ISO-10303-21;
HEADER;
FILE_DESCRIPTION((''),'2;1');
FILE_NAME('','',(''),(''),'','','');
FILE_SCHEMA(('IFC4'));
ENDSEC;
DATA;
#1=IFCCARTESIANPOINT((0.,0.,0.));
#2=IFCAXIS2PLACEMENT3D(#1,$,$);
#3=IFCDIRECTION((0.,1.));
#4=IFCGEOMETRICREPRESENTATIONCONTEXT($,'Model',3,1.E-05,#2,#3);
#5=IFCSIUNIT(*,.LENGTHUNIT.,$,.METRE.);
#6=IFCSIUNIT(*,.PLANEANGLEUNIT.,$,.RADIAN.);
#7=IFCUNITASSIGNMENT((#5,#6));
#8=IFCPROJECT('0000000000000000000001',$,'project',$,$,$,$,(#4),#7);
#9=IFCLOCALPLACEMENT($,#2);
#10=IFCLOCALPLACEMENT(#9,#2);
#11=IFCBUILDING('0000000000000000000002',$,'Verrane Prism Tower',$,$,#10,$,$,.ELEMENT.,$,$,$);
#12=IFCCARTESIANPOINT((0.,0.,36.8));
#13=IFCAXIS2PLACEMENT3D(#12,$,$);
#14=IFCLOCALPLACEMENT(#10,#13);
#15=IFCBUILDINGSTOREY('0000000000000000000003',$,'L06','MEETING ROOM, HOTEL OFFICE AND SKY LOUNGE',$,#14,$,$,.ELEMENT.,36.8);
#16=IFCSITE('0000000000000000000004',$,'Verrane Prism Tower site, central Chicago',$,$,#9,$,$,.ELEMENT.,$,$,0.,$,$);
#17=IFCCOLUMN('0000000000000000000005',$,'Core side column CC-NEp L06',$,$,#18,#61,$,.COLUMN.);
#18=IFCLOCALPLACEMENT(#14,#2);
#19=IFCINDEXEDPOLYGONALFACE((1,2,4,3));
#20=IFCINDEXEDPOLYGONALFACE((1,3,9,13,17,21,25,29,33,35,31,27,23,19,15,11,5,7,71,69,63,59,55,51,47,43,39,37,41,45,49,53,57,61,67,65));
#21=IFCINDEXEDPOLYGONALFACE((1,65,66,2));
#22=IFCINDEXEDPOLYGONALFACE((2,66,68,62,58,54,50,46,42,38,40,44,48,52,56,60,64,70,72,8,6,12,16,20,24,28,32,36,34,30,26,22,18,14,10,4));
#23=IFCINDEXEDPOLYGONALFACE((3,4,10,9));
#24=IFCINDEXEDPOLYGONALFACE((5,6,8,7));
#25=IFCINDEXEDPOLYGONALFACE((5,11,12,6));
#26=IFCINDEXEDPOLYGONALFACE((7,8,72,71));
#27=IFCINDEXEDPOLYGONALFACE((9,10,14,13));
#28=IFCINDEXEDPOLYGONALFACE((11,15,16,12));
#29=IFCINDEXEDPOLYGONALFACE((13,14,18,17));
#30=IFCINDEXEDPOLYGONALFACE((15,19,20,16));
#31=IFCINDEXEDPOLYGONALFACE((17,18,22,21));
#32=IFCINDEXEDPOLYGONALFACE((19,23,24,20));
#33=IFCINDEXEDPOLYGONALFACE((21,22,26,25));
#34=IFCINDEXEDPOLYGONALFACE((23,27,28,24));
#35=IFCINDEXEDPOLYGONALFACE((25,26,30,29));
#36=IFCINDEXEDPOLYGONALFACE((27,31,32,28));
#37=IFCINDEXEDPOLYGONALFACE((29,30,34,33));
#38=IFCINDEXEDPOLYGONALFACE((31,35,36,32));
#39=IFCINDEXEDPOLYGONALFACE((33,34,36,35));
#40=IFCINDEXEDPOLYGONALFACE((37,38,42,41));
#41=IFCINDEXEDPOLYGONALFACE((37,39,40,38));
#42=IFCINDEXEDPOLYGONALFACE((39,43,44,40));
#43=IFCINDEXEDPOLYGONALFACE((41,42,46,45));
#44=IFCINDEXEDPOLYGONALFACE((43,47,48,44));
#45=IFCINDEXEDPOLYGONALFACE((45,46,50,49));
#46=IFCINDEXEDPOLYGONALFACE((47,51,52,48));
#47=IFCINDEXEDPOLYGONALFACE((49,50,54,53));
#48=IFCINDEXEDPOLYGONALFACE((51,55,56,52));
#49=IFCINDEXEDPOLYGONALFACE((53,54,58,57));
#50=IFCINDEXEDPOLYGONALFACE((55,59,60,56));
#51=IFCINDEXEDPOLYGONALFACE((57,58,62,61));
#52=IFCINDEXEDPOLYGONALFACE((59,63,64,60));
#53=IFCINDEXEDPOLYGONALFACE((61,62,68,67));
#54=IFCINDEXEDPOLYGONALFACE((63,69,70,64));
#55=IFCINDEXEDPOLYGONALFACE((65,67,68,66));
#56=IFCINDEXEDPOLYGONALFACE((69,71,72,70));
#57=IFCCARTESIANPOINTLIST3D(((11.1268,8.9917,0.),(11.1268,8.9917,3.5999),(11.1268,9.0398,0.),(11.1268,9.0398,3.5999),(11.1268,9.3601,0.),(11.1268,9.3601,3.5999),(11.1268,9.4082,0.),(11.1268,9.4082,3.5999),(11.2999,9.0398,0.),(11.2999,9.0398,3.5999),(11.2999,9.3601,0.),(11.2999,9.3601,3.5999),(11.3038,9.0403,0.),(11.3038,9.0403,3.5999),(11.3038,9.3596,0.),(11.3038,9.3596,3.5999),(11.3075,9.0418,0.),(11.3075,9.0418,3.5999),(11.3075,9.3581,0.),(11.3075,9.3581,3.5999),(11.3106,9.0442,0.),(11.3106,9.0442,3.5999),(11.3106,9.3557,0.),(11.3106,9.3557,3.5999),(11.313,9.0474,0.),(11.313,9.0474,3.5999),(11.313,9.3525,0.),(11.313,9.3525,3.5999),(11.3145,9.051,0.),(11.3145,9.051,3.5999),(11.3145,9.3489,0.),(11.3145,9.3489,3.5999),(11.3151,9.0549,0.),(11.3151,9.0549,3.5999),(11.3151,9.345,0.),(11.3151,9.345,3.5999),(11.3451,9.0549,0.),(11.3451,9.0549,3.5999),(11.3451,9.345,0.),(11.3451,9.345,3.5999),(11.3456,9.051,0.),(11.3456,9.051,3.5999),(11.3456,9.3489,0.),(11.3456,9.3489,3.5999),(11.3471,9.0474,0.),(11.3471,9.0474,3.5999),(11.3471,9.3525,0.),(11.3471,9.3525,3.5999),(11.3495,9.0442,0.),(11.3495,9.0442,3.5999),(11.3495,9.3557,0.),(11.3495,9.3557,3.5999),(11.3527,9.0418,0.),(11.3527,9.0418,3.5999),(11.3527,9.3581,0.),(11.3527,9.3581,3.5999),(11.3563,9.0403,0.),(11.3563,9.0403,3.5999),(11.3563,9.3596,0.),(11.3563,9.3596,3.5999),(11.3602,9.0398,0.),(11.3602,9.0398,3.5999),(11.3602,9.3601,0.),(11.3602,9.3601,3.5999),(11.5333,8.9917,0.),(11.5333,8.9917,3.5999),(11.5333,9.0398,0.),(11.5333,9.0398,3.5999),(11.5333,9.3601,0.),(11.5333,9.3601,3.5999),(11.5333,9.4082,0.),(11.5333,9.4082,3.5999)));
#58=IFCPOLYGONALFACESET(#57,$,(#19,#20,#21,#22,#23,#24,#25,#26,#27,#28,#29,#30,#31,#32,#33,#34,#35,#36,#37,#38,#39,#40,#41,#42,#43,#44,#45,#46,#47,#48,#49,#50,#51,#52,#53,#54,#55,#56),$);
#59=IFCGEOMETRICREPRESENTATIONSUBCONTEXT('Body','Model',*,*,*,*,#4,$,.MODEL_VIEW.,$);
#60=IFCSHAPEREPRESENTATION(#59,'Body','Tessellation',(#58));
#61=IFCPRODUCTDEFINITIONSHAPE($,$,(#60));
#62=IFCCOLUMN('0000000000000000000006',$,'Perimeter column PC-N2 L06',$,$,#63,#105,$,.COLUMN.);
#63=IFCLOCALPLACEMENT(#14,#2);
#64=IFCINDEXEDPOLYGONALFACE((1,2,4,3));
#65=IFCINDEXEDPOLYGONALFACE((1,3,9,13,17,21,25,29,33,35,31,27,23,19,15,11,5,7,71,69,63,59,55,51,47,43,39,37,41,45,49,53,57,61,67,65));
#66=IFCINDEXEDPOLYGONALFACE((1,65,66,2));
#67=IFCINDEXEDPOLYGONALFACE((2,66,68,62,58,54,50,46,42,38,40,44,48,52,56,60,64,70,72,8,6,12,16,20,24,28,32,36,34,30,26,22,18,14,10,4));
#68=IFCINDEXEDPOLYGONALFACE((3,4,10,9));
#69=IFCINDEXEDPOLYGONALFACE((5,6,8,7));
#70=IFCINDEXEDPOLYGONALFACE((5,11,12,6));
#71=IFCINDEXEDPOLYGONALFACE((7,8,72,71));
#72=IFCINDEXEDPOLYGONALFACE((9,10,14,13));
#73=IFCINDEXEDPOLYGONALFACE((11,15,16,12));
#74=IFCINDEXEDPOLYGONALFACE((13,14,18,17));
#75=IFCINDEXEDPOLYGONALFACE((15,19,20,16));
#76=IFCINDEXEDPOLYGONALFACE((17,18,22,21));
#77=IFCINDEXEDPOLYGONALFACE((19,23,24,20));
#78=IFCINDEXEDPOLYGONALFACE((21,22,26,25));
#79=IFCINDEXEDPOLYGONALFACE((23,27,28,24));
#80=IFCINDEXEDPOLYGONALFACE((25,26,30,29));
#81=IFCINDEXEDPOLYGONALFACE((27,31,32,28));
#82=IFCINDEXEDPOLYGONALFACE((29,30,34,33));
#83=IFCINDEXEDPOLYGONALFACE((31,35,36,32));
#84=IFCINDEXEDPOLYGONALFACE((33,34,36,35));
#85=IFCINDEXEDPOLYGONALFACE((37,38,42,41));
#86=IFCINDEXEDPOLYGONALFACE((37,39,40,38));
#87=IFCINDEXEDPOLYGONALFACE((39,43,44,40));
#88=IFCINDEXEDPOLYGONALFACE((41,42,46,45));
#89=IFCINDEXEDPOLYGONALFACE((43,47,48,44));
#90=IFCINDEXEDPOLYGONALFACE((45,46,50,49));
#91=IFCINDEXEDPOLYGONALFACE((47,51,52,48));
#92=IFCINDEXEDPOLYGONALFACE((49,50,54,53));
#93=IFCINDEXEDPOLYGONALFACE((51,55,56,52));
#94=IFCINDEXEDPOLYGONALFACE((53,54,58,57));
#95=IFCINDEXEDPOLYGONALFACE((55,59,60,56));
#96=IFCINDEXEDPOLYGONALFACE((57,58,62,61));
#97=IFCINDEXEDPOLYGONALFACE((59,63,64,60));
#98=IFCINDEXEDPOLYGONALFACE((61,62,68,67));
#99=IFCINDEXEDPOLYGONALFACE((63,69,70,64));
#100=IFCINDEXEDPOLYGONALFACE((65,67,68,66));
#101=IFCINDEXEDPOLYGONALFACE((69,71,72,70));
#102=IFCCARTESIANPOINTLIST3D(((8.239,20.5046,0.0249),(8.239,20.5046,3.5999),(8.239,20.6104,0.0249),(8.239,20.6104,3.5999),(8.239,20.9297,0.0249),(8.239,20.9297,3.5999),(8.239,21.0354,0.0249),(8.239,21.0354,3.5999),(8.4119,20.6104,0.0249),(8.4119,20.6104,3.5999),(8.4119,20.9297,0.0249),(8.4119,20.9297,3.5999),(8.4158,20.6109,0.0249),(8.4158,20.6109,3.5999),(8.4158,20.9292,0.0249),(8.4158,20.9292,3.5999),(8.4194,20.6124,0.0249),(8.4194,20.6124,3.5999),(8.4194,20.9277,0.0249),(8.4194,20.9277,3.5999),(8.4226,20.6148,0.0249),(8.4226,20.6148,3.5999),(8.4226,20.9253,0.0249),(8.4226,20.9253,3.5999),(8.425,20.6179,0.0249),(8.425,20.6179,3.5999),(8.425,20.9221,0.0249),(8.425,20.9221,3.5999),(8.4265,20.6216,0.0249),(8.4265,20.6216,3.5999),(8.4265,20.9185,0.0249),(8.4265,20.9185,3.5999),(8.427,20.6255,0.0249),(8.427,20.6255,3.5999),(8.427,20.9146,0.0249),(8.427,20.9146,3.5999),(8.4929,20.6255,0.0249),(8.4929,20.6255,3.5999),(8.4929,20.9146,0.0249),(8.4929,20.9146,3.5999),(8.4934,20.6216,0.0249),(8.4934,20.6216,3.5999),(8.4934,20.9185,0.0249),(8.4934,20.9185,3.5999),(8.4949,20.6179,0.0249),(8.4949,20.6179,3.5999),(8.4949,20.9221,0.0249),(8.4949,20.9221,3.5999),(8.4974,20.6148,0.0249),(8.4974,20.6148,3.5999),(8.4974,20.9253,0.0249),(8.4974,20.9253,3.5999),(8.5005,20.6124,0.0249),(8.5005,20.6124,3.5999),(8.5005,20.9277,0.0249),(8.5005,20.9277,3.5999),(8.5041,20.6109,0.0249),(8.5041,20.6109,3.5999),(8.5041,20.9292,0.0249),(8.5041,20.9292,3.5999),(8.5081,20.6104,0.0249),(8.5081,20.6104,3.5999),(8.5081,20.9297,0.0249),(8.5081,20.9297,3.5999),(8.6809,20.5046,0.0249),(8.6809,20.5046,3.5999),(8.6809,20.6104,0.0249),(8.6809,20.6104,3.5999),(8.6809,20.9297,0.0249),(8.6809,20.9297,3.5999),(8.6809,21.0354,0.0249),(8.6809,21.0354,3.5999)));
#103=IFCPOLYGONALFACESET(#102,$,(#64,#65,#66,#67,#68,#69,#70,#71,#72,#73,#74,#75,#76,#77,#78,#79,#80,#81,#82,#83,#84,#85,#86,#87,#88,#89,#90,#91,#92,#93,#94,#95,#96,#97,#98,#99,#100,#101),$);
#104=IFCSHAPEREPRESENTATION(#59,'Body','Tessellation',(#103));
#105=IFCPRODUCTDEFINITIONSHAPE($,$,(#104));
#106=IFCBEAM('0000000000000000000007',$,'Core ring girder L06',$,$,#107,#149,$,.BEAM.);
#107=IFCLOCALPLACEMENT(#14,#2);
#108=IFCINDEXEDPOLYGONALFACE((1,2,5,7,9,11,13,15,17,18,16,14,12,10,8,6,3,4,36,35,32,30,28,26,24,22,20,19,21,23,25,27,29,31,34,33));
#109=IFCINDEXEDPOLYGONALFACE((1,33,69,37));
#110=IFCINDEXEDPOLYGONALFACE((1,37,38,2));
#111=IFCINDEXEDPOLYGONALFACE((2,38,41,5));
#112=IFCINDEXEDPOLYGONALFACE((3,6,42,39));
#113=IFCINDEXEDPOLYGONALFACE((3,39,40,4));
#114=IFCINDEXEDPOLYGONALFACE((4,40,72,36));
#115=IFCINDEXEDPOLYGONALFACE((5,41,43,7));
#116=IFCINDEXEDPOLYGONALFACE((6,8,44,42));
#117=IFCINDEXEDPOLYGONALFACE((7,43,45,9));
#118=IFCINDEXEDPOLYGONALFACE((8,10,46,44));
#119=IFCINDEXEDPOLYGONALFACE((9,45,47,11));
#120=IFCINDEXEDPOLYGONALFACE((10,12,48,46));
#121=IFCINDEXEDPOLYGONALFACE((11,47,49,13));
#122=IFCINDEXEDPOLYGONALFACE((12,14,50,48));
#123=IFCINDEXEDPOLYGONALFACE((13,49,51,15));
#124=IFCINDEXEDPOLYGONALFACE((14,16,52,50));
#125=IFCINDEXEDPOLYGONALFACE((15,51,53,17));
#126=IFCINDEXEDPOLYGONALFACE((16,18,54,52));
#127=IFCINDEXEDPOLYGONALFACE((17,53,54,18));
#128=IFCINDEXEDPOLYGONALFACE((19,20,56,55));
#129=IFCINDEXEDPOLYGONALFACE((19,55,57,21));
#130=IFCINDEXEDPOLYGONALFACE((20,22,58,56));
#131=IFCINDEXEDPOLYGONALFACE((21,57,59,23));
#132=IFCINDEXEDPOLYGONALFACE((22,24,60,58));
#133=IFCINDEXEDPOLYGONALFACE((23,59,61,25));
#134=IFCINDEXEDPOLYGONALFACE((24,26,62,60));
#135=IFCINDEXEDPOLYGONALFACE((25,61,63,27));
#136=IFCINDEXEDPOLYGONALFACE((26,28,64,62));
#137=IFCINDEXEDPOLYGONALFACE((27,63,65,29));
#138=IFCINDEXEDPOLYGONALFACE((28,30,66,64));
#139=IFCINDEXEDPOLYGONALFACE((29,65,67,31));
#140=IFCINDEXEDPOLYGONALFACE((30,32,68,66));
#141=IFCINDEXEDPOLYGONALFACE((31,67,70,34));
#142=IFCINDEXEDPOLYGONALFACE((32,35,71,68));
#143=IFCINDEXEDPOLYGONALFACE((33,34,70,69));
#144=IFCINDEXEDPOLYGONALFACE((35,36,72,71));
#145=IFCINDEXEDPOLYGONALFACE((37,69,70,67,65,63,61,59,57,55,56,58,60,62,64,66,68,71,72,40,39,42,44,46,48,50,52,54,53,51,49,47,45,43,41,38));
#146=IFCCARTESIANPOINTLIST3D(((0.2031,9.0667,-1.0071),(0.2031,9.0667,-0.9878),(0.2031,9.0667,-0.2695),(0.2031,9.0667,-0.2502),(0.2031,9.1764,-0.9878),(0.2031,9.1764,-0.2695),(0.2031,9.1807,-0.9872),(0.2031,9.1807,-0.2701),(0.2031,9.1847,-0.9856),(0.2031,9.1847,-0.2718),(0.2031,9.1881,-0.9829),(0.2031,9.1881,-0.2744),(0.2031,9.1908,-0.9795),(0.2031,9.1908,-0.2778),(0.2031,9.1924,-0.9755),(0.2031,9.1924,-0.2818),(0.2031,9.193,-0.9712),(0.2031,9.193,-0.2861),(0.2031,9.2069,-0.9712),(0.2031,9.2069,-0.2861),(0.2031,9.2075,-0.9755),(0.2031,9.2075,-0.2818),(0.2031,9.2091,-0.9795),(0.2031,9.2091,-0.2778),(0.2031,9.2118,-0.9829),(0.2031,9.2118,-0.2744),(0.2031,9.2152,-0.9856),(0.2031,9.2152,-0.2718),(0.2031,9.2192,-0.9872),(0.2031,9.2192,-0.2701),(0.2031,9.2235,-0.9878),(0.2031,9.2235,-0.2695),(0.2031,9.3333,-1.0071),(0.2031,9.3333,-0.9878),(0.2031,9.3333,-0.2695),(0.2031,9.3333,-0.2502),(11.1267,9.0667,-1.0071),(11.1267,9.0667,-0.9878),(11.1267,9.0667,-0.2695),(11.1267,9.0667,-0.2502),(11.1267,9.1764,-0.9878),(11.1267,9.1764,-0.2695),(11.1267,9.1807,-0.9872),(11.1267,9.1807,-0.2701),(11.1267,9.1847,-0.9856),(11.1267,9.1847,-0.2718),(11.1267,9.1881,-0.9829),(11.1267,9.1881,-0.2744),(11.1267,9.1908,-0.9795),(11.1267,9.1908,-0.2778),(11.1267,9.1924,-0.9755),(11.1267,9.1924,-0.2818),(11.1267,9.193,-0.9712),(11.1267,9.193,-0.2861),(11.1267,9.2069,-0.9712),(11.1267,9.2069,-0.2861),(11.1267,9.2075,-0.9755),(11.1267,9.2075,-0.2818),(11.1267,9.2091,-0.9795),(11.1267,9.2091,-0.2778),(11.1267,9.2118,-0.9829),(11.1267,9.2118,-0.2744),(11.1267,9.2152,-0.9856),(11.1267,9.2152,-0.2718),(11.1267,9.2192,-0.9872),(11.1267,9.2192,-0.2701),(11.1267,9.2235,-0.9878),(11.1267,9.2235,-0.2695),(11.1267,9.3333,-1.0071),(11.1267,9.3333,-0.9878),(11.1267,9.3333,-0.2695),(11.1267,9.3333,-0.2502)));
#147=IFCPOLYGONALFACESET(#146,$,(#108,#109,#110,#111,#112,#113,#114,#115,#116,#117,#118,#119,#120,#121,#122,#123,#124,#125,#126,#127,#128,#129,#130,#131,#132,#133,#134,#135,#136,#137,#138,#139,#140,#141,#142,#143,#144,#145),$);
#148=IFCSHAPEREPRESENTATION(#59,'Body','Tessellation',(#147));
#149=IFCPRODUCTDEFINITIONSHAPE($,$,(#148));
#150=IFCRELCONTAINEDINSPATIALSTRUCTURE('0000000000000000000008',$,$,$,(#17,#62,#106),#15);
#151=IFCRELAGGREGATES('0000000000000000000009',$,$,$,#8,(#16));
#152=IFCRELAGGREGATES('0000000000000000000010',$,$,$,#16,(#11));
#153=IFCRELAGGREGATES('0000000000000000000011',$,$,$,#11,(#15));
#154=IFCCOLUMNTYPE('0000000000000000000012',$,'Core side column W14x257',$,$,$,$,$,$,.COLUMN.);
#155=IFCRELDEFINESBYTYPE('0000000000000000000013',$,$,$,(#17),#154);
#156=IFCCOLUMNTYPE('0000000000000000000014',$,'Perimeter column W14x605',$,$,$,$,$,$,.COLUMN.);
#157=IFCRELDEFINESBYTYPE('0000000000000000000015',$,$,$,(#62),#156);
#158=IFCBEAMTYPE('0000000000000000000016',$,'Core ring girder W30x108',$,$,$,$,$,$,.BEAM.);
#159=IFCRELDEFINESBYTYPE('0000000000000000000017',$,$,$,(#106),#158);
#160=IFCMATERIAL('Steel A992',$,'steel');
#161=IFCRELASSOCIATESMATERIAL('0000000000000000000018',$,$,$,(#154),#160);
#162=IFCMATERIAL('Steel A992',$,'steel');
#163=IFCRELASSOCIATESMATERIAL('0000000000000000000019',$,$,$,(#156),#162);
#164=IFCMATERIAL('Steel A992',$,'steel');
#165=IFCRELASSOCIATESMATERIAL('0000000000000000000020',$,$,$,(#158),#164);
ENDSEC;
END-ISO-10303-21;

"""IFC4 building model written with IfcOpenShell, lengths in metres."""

from ifc_helpers import new_model, si_unit, direction, frame, origin, origin_2d, place, context, subcontext, project, spatial, i_section, extrude, material, material_profile, profile_set, type_object, element, save


model = new_model("IFC4")

# Units and contexts
model_context = context("Model", 3, precision=1e-05, world=origin(), true_north=direction((0.0, 1.0)))
body_context = subcontext(model_context, "Body", "Model", "MODEL_VIEW")
ifc_project = project(units=[si_unit("LENGTHUNIT", "METRE"), si_unit("PLANEANGLEUNIT", "RADIAN")], contexts=[model_context])

# Site, building, storey
site_placement = place(None, origin())
site = spatial("IfcSite", under=ifc_project, at=site_placement, Name="Verrane Prism Tower site, central Chicago", CompositionType="ELEMENT", RefElevation=0.0)
building_placement = place(site_placement, origin())
building = spatial("IfcBuilding", under=site, at=building_placement, Name="Verrane Prism Tower", CompositionType="ELEMENT")
storey_placement = place(building_placement, frame((0.0, 0.0, 36.8)))
storey = spatial("IfcBuildingStorey", under=building, at=storey_placement, Name="L06", Description="MEETING ROOM, HOTEL OFFICE AND SKY LOUNGE", CompositionType="ELEMENT", Elevation=36.8)

# Columns
ifc_material_1 = material(Name="Steel A992", Category="steel")
ifc_material_profile_1 = material_profile(ifc_material_1, i_section(OverallWidth=0.4065, OverallDepth=0.4165, WebThickness=0.03, FlangeThickness=0.0481, FilletRadius=0.0151, at=origin_2d()), Name="W14x257")
ifc_profile_set_1 = profile_set([ifc_material_profile_1], Name="Steel A992")
column_type_1 = type_object("IfcColumnType", Name="Core side column W14x257", PredefinedType="COLUMN", material=ifc_profile_set_1)
column_1_placement = place(storey_placement, frame((11.3301, 9.2, 0.0), z_axis=(0.0, 0.0, 1.0), x_axis=(1.0, 0.0, 0.0)))
element("IfcColumn", 1, at=column_1_placement, inside=storey, type_object=column_type_1, Name="Core side column CC-NEp L06", PredefinedType="COLUMN", context=body_context, shape_type="SweptSolid", body=[
    extrude(i_section(OverallWidth=0.4065, OverallDepth=0.4165, WebThickness=0.03, FlangeThickness=0.0481, FilletRadius=0.0151, at=origin_2d()), origin(), (0.0, 0.0, 1.0), 3.5999),
])
ifc_material_2 = material(Name="Steel A992", Category="steel")
ifc_material_profile_2 = material_profile(ifc_material_2, i_section(OverallWidth=0.4419, OverallDepth=0.5308, WebThickness=0.0659, FlangeThickness=0.1057, FilletRadius=0.0151, at=origin_2d()), Name="W14x605")
ifc_profile_set_2 = profile_set([ifc_material_profile_2], Name="Steel A992")
column_type_2 = type_object("IfcColumnType", Name="Perimeter column W14x605", PredefinedType="COLUMN", material=ifc_profile_set_2)
column_2_placement = place(storey_placement, frame((8.46, 20.77, 0.0249), z_axis=(0.0, 0.0, 1.0), x_axis=(1.0, 0.0, 0.0)))
element("IfcColumn", 2, at=column_2_placement, inside=storey, type_object=column_type_2, Name="Perimeter column PC-N2 L06", PredefinedType="COLUMN", context=body_context, shape_type="SweptSolid", body=[
    extrude(i_section(OverallWidth=0.4419, OverallDepth=0.5308, WebThickness=0.0659, FlangeThickness=0.1057, FilletRadius=0.0151, at=origin_2d()), origin(), (0.0, 0.0, 1.0), 3.575),
])

# Beam
ifc_material_3 = material(Name="Steel A992", Category="steel")
ifc_material_profile_3 = material_profile(ifc_material_3, i_section(OverallWidth=0.2666, OverallDepth=0.7568, WebThickness=0.0139, FlangeThickness=0.0193, FilletRadius=0.0166, at=origin_2d()), Name="W30x108")
ifc_profile_set_3 = profile_set([ifc_material_profile_3], Name="Steel A992")
beam_type_1 = type_object("IfcBeamType", Name="Core ring girder W30x108", PredefinedType="BEAM", material=ifc_profile_set_3)
beam_1_placement = place(storey_placement, frame((11.1267, 9.2, -0.6287), z_axis=(-1.0, 0.0, 0.0), x_axis=(0.0, -1.0, 0.0)))
element("IfcBeam", 3, at=beam_1_placement, inside=storey, type_object=beam_type_1, Name="Core ring girder L06", PredefinedType="BEAM", context=body_context, shape_type="SweptSolid", body=[
    extrude(i_section(OverallWidth=0.2666, OverallDepth=0.7568, WebThickness=0.0139, FlangeThickness=0.0193, FilletRadius=0.0166, at=origin_2d()), origin(), (0.0, 0.0, 1.0), 10.9236),
])

save(model, "model.ifc")
